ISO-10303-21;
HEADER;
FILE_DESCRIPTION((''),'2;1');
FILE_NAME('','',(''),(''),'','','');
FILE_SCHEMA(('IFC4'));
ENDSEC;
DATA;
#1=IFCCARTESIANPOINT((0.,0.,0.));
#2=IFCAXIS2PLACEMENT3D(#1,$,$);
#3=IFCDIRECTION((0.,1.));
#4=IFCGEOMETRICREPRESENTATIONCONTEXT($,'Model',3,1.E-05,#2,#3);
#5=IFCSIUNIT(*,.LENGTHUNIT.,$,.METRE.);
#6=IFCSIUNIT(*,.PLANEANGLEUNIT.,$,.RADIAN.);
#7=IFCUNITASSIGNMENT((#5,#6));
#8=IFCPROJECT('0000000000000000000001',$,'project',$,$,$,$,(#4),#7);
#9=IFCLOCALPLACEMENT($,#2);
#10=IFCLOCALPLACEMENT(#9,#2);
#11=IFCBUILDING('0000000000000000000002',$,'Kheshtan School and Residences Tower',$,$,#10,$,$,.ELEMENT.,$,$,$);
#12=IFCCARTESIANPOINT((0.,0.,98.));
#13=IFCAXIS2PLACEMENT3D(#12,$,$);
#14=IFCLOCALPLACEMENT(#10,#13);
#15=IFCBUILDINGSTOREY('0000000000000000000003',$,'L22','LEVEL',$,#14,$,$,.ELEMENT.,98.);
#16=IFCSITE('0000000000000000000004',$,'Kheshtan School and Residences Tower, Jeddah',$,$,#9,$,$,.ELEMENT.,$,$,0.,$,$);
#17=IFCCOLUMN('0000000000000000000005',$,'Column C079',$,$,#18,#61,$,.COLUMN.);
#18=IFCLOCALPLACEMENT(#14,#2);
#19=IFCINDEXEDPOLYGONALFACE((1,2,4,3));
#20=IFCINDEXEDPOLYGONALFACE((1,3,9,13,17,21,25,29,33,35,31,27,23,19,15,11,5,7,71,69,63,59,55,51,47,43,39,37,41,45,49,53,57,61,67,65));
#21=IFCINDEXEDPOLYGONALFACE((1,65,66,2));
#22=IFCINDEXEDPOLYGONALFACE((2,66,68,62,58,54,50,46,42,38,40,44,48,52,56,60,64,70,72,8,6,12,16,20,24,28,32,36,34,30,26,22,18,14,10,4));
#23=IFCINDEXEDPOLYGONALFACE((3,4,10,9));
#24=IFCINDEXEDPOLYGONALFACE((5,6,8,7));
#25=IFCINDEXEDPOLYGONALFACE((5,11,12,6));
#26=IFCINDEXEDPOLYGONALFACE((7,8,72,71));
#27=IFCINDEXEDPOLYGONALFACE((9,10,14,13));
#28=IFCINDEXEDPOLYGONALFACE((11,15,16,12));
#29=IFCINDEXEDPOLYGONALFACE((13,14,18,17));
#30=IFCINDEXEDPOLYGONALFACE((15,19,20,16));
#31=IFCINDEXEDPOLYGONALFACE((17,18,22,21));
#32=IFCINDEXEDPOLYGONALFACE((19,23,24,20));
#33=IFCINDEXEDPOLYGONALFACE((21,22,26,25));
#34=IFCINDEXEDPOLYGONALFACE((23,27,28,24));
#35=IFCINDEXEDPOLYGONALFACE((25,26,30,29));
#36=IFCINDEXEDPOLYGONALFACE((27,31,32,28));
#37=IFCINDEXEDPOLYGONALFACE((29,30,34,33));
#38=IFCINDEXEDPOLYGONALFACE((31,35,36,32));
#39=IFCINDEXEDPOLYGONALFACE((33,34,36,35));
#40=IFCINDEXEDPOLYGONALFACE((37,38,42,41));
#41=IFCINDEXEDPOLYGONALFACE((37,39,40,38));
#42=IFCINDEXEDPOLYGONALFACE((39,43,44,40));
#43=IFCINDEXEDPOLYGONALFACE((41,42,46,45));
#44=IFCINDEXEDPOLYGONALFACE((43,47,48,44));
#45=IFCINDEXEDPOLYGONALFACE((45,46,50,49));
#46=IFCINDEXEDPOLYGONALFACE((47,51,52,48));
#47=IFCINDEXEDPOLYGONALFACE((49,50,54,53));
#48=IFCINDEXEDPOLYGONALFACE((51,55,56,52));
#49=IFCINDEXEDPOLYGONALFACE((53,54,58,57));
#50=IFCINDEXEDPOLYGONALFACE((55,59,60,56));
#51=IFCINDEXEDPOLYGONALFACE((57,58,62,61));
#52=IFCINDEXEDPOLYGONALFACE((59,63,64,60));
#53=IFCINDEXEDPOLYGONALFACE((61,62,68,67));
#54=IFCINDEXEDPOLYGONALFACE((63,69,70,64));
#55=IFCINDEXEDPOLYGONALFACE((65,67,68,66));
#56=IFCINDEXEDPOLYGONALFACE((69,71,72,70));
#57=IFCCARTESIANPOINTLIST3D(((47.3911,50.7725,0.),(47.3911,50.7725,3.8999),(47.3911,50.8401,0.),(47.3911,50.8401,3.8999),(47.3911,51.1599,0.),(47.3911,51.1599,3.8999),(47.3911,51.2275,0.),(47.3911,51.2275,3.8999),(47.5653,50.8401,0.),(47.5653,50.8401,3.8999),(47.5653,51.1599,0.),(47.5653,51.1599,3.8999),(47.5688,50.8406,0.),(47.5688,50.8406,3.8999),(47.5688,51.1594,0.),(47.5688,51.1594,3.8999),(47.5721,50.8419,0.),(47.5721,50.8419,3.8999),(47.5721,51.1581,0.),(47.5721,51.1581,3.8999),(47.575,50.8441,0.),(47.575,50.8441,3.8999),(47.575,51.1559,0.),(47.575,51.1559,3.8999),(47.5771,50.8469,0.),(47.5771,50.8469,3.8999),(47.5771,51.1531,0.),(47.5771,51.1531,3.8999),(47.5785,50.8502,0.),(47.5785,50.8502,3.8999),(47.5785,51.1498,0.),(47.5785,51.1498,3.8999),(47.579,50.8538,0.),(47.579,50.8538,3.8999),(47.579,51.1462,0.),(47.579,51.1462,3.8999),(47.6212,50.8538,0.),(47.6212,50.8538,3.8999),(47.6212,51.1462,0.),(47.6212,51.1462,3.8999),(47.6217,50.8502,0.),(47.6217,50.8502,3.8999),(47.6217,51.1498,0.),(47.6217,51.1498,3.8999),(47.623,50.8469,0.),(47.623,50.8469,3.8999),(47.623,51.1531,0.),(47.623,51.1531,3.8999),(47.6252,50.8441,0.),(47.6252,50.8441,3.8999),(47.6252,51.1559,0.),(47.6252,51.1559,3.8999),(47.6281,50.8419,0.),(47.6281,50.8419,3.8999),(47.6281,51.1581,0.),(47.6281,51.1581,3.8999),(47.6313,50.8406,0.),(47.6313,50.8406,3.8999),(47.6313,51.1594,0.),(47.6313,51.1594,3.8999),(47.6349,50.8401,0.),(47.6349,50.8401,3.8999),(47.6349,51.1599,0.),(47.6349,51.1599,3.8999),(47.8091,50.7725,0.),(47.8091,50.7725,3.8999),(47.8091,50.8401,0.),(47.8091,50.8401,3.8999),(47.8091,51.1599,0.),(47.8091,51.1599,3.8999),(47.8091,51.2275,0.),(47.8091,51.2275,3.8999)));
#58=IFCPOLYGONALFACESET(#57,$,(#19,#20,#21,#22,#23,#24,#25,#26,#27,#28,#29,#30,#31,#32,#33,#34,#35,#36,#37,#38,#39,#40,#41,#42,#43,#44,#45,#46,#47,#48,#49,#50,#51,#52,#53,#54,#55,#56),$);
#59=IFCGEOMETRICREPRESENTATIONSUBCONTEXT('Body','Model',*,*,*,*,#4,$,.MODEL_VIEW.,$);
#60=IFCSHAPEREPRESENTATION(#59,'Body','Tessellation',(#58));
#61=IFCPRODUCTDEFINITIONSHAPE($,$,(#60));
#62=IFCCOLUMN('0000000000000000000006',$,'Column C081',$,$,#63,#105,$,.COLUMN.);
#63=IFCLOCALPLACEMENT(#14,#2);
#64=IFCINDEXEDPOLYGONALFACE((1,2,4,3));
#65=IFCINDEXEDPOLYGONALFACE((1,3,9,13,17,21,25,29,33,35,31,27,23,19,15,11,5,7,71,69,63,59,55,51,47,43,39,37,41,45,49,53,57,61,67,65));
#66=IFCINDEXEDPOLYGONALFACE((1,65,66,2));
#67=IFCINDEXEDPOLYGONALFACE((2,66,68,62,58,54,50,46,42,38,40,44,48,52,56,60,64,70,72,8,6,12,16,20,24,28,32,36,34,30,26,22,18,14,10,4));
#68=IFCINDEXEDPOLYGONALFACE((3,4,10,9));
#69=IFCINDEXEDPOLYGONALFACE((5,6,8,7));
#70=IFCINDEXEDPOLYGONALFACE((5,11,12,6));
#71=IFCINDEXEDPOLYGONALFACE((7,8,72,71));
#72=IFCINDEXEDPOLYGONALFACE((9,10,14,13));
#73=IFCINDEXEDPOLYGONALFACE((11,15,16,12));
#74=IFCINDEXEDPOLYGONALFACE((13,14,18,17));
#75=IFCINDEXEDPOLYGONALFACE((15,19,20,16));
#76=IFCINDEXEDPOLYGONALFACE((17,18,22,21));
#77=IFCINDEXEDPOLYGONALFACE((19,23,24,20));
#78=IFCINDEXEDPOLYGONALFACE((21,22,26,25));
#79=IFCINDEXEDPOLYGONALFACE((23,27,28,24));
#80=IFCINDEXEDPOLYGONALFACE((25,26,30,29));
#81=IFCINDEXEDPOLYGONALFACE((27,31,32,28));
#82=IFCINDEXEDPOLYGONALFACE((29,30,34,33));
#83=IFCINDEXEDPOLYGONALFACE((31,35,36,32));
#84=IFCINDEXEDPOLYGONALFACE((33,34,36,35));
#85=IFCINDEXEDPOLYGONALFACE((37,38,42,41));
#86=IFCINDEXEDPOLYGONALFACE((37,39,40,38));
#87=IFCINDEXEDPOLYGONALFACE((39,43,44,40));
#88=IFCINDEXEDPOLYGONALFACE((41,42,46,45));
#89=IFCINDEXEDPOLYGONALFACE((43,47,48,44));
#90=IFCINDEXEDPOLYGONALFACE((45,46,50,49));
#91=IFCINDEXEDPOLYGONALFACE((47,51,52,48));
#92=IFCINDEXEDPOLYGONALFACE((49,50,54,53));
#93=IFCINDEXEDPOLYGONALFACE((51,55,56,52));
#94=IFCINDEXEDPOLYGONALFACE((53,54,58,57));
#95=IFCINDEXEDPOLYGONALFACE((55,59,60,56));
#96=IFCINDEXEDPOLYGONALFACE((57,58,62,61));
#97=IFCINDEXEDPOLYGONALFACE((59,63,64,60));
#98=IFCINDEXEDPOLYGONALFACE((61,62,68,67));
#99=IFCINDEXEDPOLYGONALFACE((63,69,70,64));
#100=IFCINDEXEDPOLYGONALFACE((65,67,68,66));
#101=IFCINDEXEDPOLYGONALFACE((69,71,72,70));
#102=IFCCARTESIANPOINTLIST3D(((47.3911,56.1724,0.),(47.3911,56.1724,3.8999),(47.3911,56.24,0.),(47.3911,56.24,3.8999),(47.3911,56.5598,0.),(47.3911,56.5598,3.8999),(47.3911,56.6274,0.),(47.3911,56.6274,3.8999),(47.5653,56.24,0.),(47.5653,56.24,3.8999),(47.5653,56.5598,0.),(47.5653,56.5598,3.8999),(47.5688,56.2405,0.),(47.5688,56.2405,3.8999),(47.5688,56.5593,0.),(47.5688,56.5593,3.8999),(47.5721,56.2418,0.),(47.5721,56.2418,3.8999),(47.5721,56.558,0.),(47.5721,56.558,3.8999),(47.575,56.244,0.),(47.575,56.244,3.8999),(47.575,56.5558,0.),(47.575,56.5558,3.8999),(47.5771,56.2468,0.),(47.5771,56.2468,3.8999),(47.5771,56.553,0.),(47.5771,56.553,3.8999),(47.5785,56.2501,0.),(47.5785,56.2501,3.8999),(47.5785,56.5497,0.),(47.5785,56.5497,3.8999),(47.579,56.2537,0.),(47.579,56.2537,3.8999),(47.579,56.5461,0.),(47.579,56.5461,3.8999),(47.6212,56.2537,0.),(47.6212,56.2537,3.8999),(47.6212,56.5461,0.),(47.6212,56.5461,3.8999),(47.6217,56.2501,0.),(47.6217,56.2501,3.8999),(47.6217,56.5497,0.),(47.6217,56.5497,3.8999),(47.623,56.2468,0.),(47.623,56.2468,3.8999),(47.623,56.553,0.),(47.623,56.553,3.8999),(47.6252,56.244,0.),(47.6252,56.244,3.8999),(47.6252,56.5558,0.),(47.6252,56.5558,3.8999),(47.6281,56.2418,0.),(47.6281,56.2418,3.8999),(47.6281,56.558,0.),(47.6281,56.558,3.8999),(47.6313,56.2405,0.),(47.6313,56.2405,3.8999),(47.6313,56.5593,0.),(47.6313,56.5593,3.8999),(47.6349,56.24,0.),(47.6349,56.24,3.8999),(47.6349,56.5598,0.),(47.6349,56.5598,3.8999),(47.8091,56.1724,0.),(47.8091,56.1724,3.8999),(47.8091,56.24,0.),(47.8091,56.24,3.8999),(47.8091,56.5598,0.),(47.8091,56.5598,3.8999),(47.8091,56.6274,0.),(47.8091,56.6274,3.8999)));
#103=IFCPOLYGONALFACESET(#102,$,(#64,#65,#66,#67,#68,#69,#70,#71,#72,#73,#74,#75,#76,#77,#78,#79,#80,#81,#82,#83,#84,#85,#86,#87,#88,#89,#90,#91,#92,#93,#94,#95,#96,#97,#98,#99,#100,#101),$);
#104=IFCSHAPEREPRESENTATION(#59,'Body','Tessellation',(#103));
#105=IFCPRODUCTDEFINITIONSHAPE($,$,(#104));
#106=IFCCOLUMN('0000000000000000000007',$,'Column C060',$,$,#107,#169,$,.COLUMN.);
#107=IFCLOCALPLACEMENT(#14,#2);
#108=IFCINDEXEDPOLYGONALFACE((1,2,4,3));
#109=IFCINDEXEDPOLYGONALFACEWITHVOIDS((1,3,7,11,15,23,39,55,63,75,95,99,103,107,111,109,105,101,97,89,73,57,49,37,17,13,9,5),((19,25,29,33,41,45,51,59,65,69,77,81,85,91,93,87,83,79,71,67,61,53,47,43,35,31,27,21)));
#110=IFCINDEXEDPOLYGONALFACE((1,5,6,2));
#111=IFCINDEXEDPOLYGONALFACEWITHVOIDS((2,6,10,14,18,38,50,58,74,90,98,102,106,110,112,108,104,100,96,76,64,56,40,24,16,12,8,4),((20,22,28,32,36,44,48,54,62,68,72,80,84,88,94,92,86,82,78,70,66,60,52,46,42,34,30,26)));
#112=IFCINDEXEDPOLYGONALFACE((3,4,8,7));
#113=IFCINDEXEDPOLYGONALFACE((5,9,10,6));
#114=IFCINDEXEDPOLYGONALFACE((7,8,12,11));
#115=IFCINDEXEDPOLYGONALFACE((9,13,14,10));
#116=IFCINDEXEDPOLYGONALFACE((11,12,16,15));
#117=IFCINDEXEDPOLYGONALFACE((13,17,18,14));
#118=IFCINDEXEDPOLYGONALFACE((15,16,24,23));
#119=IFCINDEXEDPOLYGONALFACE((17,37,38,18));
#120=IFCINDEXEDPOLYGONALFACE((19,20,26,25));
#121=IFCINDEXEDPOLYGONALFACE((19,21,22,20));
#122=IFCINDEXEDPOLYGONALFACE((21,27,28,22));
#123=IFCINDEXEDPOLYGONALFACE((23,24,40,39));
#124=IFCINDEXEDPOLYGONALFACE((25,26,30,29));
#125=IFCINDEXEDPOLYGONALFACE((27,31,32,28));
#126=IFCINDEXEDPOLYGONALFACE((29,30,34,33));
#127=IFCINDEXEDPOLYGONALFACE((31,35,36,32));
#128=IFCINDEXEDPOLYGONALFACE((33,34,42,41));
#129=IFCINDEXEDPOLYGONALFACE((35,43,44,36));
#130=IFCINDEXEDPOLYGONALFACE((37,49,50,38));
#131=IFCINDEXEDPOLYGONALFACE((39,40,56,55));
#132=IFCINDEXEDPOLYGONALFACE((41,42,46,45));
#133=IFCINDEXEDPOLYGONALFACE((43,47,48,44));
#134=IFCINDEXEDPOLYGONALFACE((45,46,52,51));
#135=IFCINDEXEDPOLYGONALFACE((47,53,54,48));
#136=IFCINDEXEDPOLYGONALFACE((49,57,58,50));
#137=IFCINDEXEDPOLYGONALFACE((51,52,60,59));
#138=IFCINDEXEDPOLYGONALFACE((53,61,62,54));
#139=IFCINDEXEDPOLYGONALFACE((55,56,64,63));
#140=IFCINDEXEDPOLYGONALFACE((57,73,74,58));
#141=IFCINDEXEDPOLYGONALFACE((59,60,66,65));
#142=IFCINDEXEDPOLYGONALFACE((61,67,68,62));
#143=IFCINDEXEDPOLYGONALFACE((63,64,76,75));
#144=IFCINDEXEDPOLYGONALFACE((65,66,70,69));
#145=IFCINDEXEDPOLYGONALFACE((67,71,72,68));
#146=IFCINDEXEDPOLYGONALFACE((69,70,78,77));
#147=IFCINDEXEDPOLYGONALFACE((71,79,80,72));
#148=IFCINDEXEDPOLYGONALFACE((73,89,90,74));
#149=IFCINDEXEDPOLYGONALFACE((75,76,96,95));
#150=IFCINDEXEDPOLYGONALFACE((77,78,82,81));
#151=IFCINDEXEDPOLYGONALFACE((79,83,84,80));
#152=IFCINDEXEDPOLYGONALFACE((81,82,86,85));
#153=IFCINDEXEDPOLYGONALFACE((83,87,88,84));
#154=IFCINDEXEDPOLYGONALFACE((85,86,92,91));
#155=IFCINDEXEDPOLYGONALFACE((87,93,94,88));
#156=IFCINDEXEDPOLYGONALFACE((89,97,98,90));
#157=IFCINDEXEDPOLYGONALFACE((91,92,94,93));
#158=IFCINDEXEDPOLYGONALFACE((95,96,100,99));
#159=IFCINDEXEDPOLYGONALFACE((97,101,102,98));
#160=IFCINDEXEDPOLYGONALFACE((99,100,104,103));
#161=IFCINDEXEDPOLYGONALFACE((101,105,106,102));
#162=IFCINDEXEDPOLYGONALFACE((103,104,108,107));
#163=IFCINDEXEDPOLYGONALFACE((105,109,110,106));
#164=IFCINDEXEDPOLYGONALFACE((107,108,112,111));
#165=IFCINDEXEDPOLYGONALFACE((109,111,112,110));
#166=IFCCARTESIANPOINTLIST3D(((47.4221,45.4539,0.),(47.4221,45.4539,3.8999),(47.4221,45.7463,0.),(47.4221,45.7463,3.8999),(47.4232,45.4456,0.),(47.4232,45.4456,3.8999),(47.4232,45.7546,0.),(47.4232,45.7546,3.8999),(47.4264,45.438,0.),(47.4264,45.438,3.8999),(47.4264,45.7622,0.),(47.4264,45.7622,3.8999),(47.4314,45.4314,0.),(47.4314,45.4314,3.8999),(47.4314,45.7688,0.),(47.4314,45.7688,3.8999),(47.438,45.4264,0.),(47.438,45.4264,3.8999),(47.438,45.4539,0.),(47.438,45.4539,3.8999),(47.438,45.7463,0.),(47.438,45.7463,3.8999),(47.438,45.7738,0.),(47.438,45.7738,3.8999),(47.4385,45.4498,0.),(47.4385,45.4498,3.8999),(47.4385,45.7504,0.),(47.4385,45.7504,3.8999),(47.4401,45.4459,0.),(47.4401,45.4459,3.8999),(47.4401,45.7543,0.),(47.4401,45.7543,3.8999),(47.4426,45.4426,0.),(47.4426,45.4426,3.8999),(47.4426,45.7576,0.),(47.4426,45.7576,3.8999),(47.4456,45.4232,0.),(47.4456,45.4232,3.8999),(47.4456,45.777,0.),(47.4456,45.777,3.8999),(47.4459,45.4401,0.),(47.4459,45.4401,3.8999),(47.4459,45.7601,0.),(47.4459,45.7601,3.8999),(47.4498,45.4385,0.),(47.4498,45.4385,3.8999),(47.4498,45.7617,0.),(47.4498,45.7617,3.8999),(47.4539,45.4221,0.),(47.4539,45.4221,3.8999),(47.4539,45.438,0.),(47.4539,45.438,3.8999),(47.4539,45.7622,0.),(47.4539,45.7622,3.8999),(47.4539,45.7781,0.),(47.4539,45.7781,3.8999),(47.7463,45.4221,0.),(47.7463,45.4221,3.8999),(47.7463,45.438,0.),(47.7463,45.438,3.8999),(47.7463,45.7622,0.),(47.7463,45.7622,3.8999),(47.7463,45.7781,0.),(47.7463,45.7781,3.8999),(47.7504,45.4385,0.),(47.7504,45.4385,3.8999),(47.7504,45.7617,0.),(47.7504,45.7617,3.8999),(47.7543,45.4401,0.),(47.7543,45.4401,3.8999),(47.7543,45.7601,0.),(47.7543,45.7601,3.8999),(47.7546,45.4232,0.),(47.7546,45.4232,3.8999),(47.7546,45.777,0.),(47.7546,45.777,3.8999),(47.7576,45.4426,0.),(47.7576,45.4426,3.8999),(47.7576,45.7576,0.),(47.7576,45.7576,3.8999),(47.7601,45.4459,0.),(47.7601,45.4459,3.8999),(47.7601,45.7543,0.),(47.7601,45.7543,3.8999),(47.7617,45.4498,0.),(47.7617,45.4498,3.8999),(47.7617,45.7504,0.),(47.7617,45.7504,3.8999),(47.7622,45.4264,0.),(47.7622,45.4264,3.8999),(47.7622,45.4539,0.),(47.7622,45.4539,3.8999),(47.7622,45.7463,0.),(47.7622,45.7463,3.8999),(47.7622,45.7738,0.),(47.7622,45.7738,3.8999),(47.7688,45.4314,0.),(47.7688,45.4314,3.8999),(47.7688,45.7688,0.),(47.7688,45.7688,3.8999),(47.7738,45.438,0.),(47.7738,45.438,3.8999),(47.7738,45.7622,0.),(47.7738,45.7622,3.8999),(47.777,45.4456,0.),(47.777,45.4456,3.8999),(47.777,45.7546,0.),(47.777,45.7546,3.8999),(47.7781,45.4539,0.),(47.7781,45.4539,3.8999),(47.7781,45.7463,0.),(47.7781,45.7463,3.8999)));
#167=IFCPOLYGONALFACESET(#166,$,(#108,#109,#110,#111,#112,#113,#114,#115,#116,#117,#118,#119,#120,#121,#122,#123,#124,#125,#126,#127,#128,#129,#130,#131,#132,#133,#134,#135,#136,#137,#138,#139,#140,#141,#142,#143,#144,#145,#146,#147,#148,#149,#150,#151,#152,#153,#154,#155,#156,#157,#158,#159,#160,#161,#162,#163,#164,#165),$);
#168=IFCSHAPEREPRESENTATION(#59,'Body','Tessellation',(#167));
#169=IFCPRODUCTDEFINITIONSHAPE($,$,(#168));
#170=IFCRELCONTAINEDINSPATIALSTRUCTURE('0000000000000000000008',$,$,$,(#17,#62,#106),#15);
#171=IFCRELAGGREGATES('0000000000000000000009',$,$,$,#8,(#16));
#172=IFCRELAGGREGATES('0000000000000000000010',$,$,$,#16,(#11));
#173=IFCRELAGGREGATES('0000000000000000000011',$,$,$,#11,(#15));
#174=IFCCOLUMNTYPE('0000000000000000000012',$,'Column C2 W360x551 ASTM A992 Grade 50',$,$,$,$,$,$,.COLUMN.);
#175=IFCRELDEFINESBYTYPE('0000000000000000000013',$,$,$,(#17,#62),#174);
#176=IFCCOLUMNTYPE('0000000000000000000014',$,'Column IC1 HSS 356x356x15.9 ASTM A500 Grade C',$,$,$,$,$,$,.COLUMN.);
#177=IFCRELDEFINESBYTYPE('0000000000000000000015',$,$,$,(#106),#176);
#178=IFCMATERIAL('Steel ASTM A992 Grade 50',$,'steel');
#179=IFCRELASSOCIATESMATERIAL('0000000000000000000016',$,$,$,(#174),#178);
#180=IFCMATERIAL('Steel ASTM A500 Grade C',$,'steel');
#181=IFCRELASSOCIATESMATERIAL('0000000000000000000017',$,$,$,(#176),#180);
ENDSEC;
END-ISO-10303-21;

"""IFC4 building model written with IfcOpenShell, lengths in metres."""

from ifc_helpers import new_model, si_unit, direction, frame, origin, origin_2d, place, context, subcontext, project, spatial, hollow_rectangle, i_section, extrude, material, material_profile, profile_set, type_object, element, save


model = new_model("IFC4")

# Units and contexts
model_context = context("Model", 3, precision=1e-05, world=origin(), true_north=direction((0.0, 1.0)))
body_context = subcontext(model_context, "Body", "Model", "MODEL_VIEW")
ifc_project = project(units=[si_unit("LENGTHUNIT", "METRE"), si_unit("PLANEANGLEUNIT", "RADIAN")], contexts=[model_context])

# Site, building, storey
site_placement = place(None, origin())
site = spatial("IfcSite", under=ifc_project, at=site_placement, Name="Kheshtan School and Residences Tower, Jeddah", CompositionType="ELEMENT", RefElevation=0.0)
building_placement = place(site_placement, origin())
building = spatial("IfcBuilding", under=site, at=building_placement, Name="Kheshtan School and Residences Tower", CompositionType="ELEMENT")
storey_placement = place(building_placement, frame((0.0, 0.0, 98.0)))
storey = spatial("IfcBuildingStorey", under=building, at=storey_placement, Name="L22", Description="LEVEL", CompositionType="ELEMENT", Elevation=98.0)

# Columns
ifc_material_1 = material(Name="Steel ASTM A992 Grade 50", Category="steel")
ifc_material_profile_1 = material_profile(ifc_material_1, i_section(OverallWidth=0.418, OverallDepth=0.4551, WebThickness=0.0422, FlangeThickness=0.0676, FilletRadius=0.0137, at=origin_2d()), Name="W360x551")
ifc_profile_set_1 = profile_set([ifc_material_profile_1], Name="Steel ASTM A992 Grade 50")
column_type_1 = type_object("IfcColumnType", Name="Column C2 W360x551 ASTM A992 Grade 50", PredefinedType="COLUMN", material=ifc_profile_set_1)
for number, where, z_axis, x_axis, name in (
    (1, (47.6001, 51.0, 0.0), (0.0, 0.0, 1.0), (1.0, 0.0, 0.0), "Column C079"),
    (2, (47.6001, 56.3999, 0.0), (0.0, 0.0, 1.0), (1.0, 0.0, 0.0), "Column C081"),
):
    element("IfcColumn", number, at=place(storey_placement, frame(where, z_axis=z_axis, x_axis=x_axis)), inside=storey, type_object=column_type_1, Name=name, PredefinedType="COLUMN", context=body_context, shape_type="SweptSolid", body=[
        extrude(i_section(OverallWidth=0.418, OverallDepth=0.4551, WebThickness=0.0422, FlangeThickness=0.0676, FilletRadius=0.0137, at=origin_2d()), origin(), (0.0, 0.0, 1.0), 3.8999),
    ])
ifc_material_2 = material(Name="Steel ASTM A500 Grade C", Category="steel")
ifc_material_profile_2 = material_profile(ifc_material_2, hollow_rectangle(XDim=0.356, YDim=0.356, WallThickness=0.0159, InnerFilletRadius=0.0159, OuterFilletRadius=0.0317, at=origin_2d()), Name="HSS 356x356x15.9")
ifc_profile_set_2 = profile_set([ifc_material_profile_2], Name="Steel ASTM A500 Grade C")
column_type_2 = type_object("IfcColumnType", Name="Column IC1 HSS 356x356x15.9 ASTM A500 Grade C", PredefinedType="COLUMN", material=ifc_profile_set_2)
column_placement = place(storey_placement, frame((47.6001, 45.6001, 0.0), z_axis=(0.0, 0.0, 1.0), x_axis=(1.0, 0.0, 0.0)))
element("IfcColumn", 3, at=column_placement, inside=storey, type_object=column_type_2, Name="Column C060", PredefinedType="COLUMN", context=body_context, shape_type="SweptSolid", body=[
    extrude(hollow_rectangle(XDim=0.356, YDim=0.356, WallThickness=0.0159, InnerFilletRadius=0.0159, OuterFilletRadius=0.0317, at=origin_2d()), origin(), (0.0, 0.0, 1.0), 3.8999),
])

save(model, "model.ifc")
